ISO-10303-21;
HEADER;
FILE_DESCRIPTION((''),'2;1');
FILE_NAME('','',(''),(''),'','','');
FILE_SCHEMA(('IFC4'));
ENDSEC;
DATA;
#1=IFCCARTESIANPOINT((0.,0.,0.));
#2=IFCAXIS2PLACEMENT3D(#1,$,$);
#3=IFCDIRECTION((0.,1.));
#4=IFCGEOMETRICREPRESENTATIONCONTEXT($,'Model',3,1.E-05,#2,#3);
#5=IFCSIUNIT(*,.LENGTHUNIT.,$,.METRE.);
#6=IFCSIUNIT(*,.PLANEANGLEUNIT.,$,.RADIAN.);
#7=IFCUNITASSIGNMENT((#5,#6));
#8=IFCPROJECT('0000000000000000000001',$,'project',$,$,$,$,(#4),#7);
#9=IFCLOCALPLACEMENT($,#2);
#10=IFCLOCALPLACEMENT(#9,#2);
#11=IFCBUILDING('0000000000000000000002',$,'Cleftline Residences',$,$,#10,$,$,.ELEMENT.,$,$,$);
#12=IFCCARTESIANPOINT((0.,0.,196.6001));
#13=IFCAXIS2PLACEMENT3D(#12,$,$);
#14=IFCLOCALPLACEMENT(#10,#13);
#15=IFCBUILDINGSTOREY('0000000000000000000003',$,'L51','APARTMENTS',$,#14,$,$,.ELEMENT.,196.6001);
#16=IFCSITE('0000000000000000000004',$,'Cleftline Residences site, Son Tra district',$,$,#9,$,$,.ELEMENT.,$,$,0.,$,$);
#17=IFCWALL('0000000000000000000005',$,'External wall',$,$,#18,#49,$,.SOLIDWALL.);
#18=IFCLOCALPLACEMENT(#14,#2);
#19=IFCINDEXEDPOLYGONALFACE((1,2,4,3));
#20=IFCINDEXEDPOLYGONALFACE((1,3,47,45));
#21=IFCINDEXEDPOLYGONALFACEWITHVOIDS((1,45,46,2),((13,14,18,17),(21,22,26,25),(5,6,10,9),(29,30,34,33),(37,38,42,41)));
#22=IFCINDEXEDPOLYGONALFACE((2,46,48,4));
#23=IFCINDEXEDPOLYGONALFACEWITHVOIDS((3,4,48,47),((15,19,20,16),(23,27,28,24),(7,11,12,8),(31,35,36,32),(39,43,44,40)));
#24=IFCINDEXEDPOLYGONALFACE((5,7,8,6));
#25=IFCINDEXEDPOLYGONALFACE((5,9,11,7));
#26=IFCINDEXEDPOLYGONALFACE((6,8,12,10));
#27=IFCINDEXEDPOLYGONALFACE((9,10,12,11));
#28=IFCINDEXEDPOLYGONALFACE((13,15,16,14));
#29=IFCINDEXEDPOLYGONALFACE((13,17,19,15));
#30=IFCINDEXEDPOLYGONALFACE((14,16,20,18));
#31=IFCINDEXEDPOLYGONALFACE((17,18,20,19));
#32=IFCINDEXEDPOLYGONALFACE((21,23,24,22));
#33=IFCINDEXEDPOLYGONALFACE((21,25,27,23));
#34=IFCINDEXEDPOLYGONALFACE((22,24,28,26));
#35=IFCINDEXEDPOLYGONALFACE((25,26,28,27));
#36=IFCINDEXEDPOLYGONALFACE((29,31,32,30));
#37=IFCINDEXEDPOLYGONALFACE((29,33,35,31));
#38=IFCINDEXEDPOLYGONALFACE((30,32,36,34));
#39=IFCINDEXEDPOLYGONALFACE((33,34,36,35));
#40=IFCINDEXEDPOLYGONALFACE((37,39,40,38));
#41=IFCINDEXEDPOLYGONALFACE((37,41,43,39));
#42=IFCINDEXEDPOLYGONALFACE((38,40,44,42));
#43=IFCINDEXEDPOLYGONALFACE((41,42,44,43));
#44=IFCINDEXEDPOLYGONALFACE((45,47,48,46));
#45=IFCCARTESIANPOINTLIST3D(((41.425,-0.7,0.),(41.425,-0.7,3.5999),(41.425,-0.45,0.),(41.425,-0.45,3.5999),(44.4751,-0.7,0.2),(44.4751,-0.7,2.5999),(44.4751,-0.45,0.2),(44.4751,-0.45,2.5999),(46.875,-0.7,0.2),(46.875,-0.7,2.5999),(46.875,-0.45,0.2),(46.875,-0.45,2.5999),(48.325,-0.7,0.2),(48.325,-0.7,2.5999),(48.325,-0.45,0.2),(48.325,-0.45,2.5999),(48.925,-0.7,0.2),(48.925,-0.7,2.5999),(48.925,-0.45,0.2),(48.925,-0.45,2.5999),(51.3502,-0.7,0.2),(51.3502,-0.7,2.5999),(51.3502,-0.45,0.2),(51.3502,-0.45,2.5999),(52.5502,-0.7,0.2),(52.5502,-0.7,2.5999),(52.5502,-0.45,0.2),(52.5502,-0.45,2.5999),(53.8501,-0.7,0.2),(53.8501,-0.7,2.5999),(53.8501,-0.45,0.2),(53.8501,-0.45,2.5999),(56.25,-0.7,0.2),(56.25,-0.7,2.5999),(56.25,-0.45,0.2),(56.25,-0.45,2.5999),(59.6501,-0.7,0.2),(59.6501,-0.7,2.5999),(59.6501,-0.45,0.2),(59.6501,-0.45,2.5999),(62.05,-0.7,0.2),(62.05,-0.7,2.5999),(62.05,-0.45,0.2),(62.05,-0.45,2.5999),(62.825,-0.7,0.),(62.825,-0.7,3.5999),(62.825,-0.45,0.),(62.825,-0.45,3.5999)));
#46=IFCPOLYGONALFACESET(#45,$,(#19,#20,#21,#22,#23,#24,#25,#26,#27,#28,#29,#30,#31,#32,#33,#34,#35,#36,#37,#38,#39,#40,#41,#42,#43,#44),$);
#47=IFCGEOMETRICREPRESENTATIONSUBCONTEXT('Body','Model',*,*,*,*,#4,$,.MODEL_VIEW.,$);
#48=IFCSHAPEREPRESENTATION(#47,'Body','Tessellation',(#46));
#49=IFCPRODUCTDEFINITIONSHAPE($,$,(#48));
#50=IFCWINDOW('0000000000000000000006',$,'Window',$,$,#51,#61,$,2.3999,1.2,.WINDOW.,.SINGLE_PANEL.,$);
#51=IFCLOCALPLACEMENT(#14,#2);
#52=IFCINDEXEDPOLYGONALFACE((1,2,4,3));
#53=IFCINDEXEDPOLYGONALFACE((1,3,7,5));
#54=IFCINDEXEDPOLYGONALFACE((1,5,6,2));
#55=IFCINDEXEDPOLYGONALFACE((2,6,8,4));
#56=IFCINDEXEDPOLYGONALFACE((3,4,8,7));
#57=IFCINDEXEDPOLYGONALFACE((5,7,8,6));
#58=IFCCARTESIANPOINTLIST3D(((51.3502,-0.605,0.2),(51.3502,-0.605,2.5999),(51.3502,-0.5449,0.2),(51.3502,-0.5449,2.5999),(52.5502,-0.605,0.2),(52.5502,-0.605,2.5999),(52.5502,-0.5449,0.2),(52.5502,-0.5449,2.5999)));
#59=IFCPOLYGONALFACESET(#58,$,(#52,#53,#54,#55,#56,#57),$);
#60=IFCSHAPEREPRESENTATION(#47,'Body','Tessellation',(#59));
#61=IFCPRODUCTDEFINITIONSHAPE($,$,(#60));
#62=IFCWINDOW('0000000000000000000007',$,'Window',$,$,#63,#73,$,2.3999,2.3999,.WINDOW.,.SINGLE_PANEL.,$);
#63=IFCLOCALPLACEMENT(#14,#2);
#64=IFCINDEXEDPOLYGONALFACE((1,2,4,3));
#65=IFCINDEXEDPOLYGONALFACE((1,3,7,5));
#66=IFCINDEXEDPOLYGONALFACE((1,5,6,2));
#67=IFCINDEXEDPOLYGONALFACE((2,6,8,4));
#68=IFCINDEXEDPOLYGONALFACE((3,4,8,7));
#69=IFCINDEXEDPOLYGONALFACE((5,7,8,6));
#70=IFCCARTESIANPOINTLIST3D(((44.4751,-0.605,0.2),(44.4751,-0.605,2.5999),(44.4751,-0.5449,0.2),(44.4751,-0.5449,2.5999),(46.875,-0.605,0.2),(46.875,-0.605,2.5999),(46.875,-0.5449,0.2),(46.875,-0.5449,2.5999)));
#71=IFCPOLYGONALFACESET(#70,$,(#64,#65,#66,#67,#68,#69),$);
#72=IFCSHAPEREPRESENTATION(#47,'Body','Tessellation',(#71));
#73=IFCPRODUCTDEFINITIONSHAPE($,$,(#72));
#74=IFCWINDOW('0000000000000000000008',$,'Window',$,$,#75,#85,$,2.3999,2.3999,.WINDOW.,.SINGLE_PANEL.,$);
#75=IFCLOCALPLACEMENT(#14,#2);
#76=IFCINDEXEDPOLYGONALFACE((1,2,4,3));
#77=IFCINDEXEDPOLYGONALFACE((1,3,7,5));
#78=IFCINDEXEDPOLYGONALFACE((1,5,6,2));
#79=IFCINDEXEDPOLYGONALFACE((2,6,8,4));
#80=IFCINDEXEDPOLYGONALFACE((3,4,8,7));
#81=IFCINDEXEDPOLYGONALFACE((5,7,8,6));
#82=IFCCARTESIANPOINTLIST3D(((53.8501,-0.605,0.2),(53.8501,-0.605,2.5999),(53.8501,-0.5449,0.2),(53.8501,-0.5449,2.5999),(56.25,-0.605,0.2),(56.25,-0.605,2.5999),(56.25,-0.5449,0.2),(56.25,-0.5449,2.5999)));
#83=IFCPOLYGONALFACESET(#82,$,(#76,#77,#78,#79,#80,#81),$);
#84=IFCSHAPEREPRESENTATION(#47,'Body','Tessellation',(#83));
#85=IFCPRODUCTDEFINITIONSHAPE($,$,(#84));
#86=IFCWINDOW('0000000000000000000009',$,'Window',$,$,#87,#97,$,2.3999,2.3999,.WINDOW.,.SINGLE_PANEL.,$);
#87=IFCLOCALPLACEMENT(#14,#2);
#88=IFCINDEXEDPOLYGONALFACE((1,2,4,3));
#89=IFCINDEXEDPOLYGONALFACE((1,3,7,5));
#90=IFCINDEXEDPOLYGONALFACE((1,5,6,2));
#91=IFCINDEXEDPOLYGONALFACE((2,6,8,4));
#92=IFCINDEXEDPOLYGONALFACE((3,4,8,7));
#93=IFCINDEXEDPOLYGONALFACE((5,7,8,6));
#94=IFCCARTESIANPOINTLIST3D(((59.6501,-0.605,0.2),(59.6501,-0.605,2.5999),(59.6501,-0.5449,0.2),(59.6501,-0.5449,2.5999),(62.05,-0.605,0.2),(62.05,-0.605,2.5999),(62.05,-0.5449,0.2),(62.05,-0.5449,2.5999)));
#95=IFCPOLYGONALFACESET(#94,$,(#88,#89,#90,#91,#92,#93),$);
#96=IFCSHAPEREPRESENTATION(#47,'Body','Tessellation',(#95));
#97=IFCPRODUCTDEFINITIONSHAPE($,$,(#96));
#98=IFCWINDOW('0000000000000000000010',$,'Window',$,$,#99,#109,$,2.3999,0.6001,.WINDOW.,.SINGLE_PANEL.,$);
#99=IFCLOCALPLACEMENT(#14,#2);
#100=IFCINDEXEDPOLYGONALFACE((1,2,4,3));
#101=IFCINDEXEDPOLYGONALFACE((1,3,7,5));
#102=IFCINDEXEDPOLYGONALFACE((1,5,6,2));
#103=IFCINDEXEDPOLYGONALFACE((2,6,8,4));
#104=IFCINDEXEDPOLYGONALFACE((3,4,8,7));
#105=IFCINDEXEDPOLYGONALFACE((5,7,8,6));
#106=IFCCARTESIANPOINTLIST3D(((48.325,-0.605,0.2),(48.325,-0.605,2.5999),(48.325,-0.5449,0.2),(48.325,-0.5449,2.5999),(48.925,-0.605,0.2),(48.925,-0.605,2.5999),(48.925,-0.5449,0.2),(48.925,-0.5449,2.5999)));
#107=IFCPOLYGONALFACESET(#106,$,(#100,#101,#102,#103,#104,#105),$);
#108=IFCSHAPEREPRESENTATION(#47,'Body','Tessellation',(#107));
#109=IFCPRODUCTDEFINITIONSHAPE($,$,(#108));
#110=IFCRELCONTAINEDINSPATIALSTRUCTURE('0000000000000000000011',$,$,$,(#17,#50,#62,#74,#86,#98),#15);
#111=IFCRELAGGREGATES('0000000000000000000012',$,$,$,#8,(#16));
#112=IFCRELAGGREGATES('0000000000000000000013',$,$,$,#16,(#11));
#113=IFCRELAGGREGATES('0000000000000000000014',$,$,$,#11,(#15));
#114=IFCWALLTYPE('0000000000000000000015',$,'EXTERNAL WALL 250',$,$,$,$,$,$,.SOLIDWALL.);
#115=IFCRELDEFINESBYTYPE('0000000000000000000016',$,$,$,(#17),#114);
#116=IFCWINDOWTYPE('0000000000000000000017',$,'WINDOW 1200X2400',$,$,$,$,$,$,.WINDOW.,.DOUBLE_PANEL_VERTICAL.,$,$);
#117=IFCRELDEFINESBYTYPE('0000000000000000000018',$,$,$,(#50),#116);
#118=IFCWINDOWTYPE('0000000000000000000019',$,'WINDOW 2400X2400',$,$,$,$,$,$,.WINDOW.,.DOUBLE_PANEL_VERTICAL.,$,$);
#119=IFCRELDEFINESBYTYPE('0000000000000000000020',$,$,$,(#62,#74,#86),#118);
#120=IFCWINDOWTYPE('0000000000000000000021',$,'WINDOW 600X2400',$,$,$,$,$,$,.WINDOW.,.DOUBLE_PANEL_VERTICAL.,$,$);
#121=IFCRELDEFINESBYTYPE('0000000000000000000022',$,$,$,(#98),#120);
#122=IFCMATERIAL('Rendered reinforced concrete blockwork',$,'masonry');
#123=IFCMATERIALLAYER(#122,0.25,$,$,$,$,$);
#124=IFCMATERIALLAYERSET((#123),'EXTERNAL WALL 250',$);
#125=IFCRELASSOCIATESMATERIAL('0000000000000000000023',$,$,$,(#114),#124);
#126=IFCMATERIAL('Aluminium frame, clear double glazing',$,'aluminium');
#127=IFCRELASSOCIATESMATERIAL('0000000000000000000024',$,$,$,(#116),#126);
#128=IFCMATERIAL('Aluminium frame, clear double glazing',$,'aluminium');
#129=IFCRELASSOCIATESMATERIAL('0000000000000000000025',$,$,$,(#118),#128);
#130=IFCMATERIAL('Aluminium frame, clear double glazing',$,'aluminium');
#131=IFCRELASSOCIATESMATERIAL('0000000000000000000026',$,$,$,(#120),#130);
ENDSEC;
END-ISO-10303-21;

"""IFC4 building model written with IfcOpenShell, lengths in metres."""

from ifc_helpers import new_model, si_unit, direction, frame, frame_2d, origin, place, context, subcontext, project, spatial, rectangle, extrude, material, layer, layer_set, type_object, element, fill, save


model = new_model("IFC4")

# Units and contexts
model_context = context("Model", 3, precision=1e-05, world=origin(), true_north=direction((0.0, 1.0)))
body_context = subcontext(model_context, "Body", "Model", "MODEL_VIEW")
ifc_project = project(units=[si_unit("LENGTHUNIT", "METRE"), si_unit("PLANEANGLEUNIT", "RADIAN")], contexts=[model_context])

# Site, building, storey
site_placement = place(None, origin())
site = spatial("IfcSite", under=ifc_project, at=site_placement, Name="Cleftline Residences site, Son Tra district", CompositionType="ELEMENT", RefElevation=0.0)
building_placement = place(site_placement, origin())
building = spatial("IfcBuilding", under=site, at=building_placement, Name="Cleftline Residences", CompositionType="ELEMENT")
storey_placement = place(building_placement, frame((0.0, 0.0, 196.6001)))
storey = spatial("IfcBuildingStorey", under=building, at=storey_placement, Name="L51", Description="APARTMENTS", CompositionType="ELEMENT", Elevation=196.6001)

# Wall, openings, windows
ifc_material_1 = material(Name="Rendered reinforced concrete blockwork", Category="masonry")
ifc_layer_1 = layer(ifc_material_1, 0.25)
ifc_layer_set_1 = layer_set([ifc_layer_1], Name="EXTERNAL WALL 250")
wall_type_1 = type_object("IfcWallType", Name="EXTERNAL WALL 250", PredefinedType="SOLIDWALL", material=ifc_layer_set_1)
wall_1_placement = place(storey_placement, frame((41.425, -0.575, 0.0), z_axis=(0.0, 0.0, 1.0), x_axis=(1.0, 0.0, 0.0)))
wall_1 = element("IfcWall", 1, at=wall_1_placement, inside=storey, type_object=wall_type_1, Name="External wall", PredefinedType="SOLIDWALL", context=body_context, shape_type="SweptSolid", body=[
    extrude(rectangle(XDim=21.3999, YDim=0.25, at=frame_2d((10.7, 0.0))), origin(), (0.0, 0.0, 1.0), 3.5999),
])
opening_1_placement = place(wall_1_placement, frame((3.05, 0.0, 0.2)))
opening_1 = element("IfcOpeningElement", 2, at=opening_1_placement, cuts=wall_1, PredefinedType="OPENING", context=body_context, shape_type="SweptSolid", body=[
    extrude(rectangle(XDim=2.3999, YDim=2.3999, at=frame_2d((1.2, 1.2))), frame((0.0, 0.135, 0.0), z_axis=(0.0, -1.0, 0.0), x_axis=(1.0, 0.0, 0.0)), (0.0, 0.0, 1.0), 0.27),
])
opening_2_placement = place(wall_1_placement, frame((6.8999, 0.0, 0.2)))
opening_2 = element("IfcOpeningElement", 3, at=opening_2_placement, cuts=wall_1, PredefinedType="OPENING", context=body_context, shape_type="SweptSolid", body=[
    extrude(rectangle(XDim=0.6001, YDim=2.3999, at=frame_2d((0.3, 1.2))), frame((0.0, 0.135, 0.0), z_axis=(0.0, -1.0, 0.0), x_axis=(1.0, 0.0, 0.0)), (0.0, 0.0, 1.0), 0.27),
])
opening_3_placement = place(wall_1_placement, frame((9.925, 0.0, 0.2)))
opening_3 = element("IfcOpeningElement", 4, at=opening_3_placement, cuts=wall_1, PredefinedType="OPENING", context=body_context, shape_type="SweptSolid", body=[
    extrude(rectangle(XDim=1.2, YDim=2.3999, at=frame_2d((0.6001, 1.2))), frame((0.0, 0.135, 0.0), z_axis=(0.0, -1.0, 0.0), x_axis=(1.0, 0.0, 0.0)), (0.0, 0.0, 1.0), 0.27),
])
opening_4_placement = place(wall_1_placement, frame((12.425, 0.0, 0.2)))
opening_4 = element("IfcOpeningElement", 5, at=opening_4_placement, cuts=wall_1, PredefinedType="OPENING", context=body_context, shape_type="SweptSolid", body=[
    extrude(rectangle(XDim=2.3999, YDim=2.3999, at=frame_2d((1.2, 1.2))), frame((0.0, 0.135, 0.0), z_axis=(0.0, -1.0, 0.0), x_axis=(1.0, 0.0, 0.0)), (0.0, 0.0, 1.0), 0.27),
])
opening_5_placement = place(wall_1_placement, frame((18.2251, 0.0, 0.2)))
opening_5 = element("IfcOpeningElement", 6, at=opening_5_placement, cuts=wall_1, PredefinedType="OPENING", context=body_context, shape_type="SweptSolid", body=[
    extrude(rectangle(XDim=2.3999, YDim=2.3999, at=frame_2d((1.2, 1.2))), frame((0.0, 0.135, 0.0), z_axis=(0.0, -1.0, 0.0), x_axis=(1.0, 0.0, 0.0)), (0.0, 0.0, 1.0), 0.27),
])
ifc_material_2 = material(Name="Aluminium frame, clear double glazing", Category="aluminium")
window_type_1 = type_object("IfcWindowType", Name="WINDOW 1200X2400", PartitioningType="DOUBLE_PANEL_VERTICAL", PredefinedType="WINDOW", material=ifc_material_2)
window_1_placement = place(opening_3_placement, origin())
window_1 = element("IfcWindow", 7, at=window_1_placement, inside=storey, type_object=window_type_1, Name="Window", OverallHeight=2.3999, OverallWidth=1.2, PartitioningType="SINGLE_PANEL", PredefinedType="WINDOW", context=body_context, shape_type="SweptSolid", body=[
    extrude(rectangle(XDim=1.2, YDim=2.3999, at=frame_2d((0.6001, 1.2))), frame((0.0, 0.03, 0.0), z_axis=(0.0, -1.0, 0.0), x_axis=(1.0, 0.0, 0.0)), (0.0, 0.0, 1.0), 0.0601),
])
fill(opening_3, window_1)
ifc_material_3 = material(Name="Aluminium frame, clear double glazing", Category="aluminium")
window_type_2 = type_object("IfcWindowType", Name="WINDOW 2400X2400", PartitioningType="DOUBLE_PANEL_VERTICAL", PredefinedType="WINDOW", material=ifc_material_3)
window_2_placement = place(opening_1_placement, origin())
window_2 = element("IfcWindow", 8, at=window_2_placement, inside=storey, type_object=window_type_2, Name="Window", OverallHeight=2.3999, OverallWidth=2.3999, PartitioningType="SINGLE_PANEL", PredefinedType="WINDOW", context=body_context, shape_type="SweptSolid", body=[
    extrude(rectangle(XDim=2.3999, YDim=2.3999, at=frame_2d((1.2, 1.2))), frame((0.0, 0.03, 0.0), z_axis=(0.0, -1.0, 0.0), x_axis=(1.0, 0.0, 0.0)), (0.0, 0.0, 1.0), 0.0601),
])
fill(opening_1, window_2)
window_3_placement = place(opening_4_placement, origin())
window_3 = element("IfcWindow", 9, at=window_3_placement, inside=storey, type_object=window_type_2, Name="Window", OverallHeight=2.3999, OverallWidth=2.3999, PartitioningType="SINGLE_PANEL", PredefinedType="WINDOW", context=body_context, shape_type="SweptSolid", body=[
    extrude(rectangle(XDim=2.3999, YDim=2.3999, at=frame_2d((1.2, 1.2))), frame((0.0, 0.03, 0.0), z_axis=(0.0, -1.0, 0.0), x_axis=(1.0, 0.0, 0.0)), (0.0, 0.0, 1.0), 0.0601),
])
fill(opening_4, window_3)
window_4_placement = place(opening_5_placement, origin())
window_4 = element("IfcWindow", 10, at=window_4_placement, inside=storey, type_object=window_type_2, Name="Window", OverallHeight=2.3999, OverallWidth=2.3999, PartitioningType="SINGLE_PANEL", PredefinedType="WINDOW", context=body_context, shape_type="SweptSolid", body=[
    extrude(rectangle(XDim=2.3999, YDim=2.3999, at=frame_2d((1.2, 1.2))), frame((0.0, 0.03, 0.0), z_axis=(0.0, -1.0, 0.0), x_axis=(1.0, 0.0, 0.0)), (0.0, 0.0, 1.0), 0.0601),
])
fill(opening_5, window_4)
ifc_material_4 = material(Name="Aluminium frame, clear double glazing", Category="aluminium")
window_type_3 = type_object("IfcWindowType", Name="WINDOW 600X2400", PartitioningType="DOUBLE_PANEL_VERTICAL", PredefinedType="WINDOW", material=ifc_material_4)
window_5_placement = place(opening_2_placement, origin())
window_5 = element("IfcWindow", 11, at=window_5_placement, inside=storey, type_object=window_type_3, Name="Window", OverallHeight=2.3999, OverallWidth=0.6001, PartitioningType="SINGLE_PANEL", PredefinedType="WINDOW", context=body_context, shape_type="SweptSolid", body=[
    extrude(rectangle(XDim=0.6001, YDim=2.3999, at=frame_2d((0.3, 1.2))), frame((0.0, 0.03, 0.0), z_axis=(0.0, -1.0, 0.0), x_axis=(1.0, 0.0, 0.0)), (0.0, 0.0, 1.0), 0.0601),
])
fill(opening_2, window_5)

save(model, "model.ifc")
